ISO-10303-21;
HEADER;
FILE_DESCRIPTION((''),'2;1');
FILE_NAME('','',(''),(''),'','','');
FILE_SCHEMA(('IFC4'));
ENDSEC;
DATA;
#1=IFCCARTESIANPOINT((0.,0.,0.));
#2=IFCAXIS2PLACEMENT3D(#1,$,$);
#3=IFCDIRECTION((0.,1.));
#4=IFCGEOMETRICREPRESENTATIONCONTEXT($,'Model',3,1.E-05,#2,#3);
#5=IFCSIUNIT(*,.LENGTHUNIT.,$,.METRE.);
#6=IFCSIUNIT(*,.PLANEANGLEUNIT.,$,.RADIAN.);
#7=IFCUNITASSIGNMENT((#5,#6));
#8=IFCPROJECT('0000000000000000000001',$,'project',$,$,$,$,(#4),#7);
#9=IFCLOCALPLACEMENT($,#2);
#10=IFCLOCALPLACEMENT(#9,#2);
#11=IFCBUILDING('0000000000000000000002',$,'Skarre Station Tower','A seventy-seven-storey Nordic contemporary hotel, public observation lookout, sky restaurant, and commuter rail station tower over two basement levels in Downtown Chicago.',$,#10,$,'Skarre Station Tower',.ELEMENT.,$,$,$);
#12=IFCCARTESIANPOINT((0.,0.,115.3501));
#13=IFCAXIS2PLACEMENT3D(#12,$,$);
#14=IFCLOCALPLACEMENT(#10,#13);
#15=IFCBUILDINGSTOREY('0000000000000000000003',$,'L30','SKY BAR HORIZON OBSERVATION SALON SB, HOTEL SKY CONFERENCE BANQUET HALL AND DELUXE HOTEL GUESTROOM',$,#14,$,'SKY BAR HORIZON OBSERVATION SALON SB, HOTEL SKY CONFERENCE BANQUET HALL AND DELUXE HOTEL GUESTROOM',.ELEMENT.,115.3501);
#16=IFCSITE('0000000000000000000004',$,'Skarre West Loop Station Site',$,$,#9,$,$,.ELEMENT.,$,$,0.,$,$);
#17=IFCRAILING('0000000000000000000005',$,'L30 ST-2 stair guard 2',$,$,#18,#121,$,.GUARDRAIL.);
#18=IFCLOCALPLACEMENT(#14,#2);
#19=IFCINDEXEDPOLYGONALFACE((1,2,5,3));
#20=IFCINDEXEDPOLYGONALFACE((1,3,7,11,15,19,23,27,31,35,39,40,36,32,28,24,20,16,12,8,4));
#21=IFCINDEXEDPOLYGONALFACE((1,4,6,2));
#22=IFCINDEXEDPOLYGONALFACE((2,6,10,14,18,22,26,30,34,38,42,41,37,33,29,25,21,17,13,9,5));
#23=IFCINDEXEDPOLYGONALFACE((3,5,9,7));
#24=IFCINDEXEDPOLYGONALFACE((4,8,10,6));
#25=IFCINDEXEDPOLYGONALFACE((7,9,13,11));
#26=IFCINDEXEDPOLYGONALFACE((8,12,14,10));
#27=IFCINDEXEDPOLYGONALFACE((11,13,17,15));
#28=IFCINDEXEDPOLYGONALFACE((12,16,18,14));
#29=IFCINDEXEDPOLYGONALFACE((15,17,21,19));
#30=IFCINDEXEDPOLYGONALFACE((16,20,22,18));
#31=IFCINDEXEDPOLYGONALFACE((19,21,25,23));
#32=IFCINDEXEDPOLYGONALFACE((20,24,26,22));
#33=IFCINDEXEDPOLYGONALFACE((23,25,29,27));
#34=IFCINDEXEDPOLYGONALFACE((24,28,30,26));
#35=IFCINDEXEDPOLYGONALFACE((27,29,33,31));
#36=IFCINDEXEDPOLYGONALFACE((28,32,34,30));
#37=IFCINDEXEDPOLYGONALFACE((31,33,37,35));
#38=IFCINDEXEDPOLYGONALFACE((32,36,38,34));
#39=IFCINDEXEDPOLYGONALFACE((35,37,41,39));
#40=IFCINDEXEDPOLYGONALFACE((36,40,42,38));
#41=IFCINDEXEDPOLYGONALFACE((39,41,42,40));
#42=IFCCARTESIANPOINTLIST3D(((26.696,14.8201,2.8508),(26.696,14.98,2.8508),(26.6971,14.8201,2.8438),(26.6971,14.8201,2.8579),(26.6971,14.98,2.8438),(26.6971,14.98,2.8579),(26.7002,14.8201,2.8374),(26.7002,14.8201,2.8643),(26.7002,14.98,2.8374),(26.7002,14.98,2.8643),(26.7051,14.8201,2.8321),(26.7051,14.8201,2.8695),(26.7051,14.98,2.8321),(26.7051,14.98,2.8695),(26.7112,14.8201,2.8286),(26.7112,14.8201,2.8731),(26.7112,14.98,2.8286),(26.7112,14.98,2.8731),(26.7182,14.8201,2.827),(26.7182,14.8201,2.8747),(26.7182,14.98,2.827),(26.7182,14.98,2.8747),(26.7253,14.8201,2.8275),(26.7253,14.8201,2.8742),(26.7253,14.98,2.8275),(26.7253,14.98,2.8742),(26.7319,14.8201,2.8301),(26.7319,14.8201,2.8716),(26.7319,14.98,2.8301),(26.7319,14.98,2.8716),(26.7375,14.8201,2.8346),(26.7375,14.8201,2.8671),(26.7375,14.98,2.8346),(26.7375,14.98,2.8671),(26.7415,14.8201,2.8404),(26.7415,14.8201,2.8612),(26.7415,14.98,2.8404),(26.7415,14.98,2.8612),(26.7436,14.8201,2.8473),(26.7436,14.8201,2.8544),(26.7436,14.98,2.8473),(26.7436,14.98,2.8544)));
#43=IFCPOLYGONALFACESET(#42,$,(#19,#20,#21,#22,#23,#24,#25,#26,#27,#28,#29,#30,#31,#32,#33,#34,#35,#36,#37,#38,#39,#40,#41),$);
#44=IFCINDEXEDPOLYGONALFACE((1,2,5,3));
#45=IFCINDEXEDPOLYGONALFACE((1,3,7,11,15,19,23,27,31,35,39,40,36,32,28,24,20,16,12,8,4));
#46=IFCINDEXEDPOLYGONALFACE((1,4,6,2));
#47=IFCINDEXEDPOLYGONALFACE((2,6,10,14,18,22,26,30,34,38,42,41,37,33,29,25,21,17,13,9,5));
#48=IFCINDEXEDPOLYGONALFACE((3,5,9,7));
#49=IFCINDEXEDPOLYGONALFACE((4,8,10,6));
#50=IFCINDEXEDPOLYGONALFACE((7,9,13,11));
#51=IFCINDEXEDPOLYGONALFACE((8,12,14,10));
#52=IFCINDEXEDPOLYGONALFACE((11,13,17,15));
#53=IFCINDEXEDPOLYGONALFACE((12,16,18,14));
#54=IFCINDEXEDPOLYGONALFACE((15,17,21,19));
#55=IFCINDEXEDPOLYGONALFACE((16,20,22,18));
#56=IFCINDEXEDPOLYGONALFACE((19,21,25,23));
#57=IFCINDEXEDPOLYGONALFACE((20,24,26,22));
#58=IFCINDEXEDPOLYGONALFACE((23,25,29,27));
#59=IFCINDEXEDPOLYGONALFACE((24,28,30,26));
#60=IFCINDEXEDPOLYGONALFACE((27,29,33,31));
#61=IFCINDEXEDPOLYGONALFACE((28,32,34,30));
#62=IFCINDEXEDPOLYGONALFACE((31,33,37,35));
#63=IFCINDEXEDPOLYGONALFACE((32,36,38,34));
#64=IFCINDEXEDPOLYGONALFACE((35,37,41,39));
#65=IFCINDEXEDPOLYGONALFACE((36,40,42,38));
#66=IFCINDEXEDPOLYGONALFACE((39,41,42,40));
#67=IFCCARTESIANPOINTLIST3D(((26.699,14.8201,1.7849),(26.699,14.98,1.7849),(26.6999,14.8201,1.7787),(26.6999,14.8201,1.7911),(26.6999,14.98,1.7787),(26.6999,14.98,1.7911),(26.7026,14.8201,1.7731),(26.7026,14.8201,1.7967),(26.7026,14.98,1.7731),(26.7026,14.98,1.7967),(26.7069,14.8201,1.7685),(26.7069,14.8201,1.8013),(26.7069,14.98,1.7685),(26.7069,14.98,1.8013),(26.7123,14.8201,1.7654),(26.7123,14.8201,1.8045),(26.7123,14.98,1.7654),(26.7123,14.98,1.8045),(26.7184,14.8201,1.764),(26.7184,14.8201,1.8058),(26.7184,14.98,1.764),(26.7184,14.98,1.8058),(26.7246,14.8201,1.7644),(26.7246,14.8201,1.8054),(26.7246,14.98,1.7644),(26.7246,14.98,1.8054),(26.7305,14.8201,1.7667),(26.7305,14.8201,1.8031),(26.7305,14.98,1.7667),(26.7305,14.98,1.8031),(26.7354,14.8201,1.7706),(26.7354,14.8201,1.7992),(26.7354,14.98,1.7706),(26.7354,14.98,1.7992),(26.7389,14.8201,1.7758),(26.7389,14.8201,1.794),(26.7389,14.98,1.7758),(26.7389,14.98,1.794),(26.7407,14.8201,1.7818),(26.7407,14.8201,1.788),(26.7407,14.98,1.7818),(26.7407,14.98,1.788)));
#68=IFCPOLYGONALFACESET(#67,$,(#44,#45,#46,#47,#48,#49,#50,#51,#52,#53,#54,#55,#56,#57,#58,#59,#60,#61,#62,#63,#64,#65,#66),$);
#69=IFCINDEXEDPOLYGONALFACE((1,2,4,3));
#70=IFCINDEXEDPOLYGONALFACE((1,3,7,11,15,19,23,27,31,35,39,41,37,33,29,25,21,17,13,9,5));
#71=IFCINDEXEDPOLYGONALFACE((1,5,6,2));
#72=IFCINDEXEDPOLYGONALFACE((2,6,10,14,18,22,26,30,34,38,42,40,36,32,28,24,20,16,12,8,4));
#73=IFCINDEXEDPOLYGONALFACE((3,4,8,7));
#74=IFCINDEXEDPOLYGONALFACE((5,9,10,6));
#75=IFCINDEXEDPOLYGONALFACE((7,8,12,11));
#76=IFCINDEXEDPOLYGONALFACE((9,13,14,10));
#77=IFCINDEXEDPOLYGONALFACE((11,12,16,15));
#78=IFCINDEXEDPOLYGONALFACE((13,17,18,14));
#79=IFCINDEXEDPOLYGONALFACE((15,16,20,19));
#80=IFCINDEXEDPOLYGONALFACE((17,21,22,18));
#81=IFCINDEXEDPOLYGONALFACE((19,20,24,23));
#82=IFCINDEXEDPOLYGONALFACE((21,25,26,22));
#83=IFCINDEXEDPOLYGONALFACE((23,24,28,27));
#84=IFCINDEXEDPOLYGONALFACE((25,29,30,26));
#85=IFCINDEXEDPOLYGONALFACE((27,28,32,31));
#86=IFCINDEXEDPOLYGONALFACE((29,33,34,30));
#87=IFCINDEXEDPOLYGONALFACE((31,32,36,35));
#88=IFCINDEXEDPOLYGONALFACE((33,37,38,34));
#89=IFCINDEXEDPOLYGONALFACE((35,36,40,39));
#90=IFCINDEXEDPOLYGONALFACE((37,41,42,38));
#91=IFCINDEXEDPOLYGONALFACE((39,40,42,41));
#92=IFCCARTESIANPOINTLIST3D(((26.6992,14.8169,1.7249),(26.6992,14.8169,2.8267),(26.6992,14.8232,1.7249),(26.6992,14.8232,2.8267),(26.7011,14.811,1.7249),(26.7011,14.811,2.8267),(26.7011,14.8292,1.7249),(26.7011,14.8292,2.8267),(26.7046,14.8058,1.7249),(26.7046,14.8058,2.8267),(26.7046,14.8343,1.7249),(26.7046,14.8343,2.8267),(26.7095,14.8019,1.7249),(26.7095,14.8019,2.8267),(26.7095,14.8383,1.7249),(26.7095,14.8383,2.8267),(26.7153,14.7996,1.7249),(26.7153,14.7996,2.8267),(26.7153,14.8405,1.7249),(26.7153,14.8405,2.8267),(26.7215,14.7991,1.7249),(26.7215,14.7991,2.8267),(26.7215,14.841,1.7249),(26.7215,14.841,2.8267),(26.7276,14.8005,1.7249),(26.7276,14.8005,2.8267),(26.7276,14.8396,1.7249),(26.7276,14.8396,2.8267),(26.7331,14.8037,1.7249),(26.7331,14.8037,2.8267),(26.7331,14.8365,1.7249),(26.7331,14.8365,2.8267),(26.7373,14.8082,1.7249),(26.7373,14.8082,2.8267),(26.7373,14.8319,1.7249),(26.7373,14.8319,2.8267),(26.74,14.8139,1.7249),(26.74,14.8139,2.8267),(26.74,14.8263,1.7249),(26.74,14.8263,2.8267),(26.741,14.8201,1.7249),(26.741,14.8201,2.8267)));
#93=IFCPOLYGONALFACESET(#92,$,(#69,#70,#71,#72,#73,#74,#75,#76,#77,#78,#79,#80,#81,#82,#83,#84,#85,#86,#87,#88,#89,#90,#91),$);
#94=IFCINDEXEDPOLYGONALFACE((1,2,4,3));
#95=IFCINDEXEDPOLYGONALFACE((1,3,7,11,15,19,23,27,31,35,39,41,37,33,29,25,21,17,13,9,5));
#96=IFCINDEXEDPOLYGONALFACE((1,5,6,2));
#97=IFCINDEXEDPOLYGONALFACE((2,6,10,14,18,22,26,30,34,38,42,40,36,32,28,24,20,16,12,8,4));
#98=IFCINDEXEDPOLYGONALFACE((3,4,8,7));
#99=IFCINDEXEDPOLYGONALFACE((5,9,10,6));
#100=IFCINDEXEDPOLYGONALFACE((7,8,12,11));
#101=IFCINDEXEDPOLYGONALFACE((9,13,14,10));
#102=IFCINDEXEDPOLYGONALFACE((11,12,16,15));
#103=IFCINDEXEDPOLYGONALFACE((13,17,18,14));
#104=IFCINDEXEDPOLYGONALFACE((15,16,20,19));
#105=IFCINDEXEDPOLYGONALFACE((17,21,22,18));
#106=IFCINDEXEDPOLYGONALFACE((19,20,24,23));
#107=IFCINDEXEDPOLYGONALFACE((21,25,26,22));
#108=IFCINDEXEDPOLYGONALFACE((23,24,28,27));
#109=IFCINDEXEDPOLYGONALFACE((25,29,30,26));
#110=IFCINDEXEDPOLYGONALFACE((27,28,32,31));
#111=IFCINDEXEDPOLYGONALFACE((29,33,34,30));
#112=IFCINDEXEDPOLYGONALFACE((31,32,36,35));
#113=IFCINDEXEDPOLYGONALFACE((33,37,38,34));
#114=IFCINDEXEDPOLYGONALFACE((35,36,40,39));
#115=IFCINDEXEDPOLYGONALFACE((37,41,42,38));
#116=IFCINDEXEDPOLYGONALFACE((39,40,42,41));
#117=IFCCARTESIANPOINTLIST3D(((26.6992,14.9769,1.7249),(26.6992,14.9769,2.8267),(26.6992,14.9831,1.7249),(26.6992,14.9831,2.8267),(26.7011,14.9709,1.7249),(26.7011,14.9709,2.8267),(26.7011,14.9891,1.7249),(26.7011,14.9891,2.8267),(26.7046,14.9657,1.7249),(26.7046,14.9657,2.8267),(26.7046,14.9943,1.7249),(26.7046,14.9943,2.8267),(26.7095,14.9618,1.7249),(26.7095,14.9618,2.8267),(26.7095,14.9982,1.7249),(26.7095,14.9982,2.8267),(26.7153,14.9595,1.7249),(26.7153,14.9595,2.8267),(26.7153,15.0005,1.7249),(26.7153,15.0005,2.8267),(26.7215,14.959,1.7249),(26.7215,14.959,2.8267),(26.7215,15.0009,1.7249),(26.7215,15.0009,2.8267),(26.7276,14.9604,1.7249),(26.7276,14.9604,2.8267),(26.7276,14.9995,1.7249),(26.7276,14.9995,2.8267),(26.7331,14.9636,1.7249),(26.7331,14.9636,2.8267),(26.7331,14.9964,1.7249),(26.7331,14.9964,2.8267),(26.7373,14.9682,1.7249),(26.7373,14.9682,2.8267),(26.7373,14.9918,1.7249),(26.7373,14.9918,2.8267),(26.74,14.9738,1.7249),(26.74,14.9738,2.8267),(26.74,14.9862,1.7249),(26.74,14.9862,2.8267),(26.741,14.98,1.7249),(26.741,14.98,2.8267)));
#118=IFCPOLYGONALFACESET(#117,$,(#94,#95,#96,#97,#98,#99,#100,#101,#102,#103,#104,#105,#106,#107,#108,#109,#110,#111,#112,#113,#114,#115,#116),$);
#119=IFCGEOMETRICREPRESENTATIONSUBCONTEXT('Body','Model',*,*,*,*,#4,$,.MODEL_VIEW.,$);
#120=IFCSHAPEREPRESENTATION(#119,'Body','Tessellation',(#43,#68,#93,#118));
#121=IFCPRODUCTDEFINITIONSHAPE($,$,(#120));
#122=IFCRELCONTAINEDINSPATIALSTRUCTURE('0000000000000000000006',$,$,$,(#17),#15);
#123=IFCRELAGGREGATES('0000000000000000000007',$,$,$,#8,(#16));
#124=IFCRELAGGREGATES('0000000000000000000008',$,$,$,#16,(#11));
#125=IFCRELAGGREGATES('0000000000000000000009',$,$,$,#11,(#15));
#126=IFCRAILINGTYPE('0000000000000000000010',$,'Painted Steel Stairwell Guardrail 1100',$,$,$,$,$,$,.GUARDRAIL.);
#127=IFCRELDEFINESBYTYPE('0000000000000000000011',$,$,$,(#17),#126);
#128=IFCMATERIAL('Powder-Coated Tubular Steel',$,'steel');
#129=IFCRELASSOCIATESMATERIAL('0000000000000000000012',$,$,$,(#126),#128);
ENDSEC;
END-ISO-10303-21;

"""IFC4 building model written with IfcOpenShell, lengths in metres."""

from ifc_helpers import new_model, si_unit, direction, frame, origin, origin_2d, place, context, subcontext, project, spatial, circle, extrude, material, type_object, element, save


model = new_model("IFC4")

# Units and contexts
model_context = context("Model", 3, precision=1e-05, world=origin(), true_north=direction((0.0, 1.0)))
body_context = subcontext(model_context, "Body", "Model", "MODEL_VIEW")
ifc_project = project(units=[si_unit("LENGTHUNIT", "METRE"), si_unit("PLANEANGLEUNIT", "RADIAN")], contexts=[model_context])

# Site, building, storey
site_placement = place(None, origin())
site = spatial("IfcSite", under=ifc_project, at=site_placement, Name="Skarre West Loop Station Site", CompositionType="ELEMENT", RefElevation=0.0)
building_placement = place(site_placement, origin())
building = spatial("IfcBuilding", under=site, at=building_placement, Name="Skarre Station Tower", Description="A seventy-seven-storey Nordic contemporary hotel, public observation lookout, sky restaurant, and commuter rail station tower over two basement levels in Downtown Chicago.", LongName="Skarre Station Tower", CompositionType="ELEMENT")
storey_placement = place(building_placement, frame((0.0, 0.0, 115.3501)))
storey = spatial("IfcBuildingStorey", under=building, at=storey_placement, Name="L30", Description="SKY BAR HORIZON OBSERVATION SALON SB, HOTEL SKY CONFERENCE BANQUET HALL AND DELUXE HOTEL GUESTROOM", LongName="SKY BAR HORIZON OBSERVATION SALON SB, HOTEL SKY CONFERENCE BANQUET HALL AND DELUXE HOTEL GUESTROOM", CompositionType="ELEMENT", Elevation=115.3501)

# Railing
ifc_material_1 = material(Name="Powder-Coated Tubular Steel", Category="steel")
railing_type_1 = type_object("IfcRailingType", Name="Painted Steel Stairwell Guardrail 1100", PredefinedType="GUARDRAIL", material=ifc_material_1)
railing_1_placement = place(storey_placement, frame((26.72, 14.8201, 1.7249)))
element("IfcRailing", 1, at=railing_1_placement, inside=storey, type_object=railing_type_1, Name="L30 ST-2 stair guard 2", PredefinedType="GUARDRAIL", context=body_context, shape_type="SweptSolid", body=[
    extrude(circle(Radius=0.0239, at=origin_2d()), frame((0.0, 0.0, 1.126), z_axis=(0.0, 1.0, 0.0), x_axis=(-1.0, 0.0, 0.0)), (0.0, 0.0, 1.0), 0.1599),
    extrude(circle(Radius=0.021, at=origin_2d()), frame((0.0, 0.0, 0.0601), z_axis=(0.0, 1.0, 0.0), x_axis=(-1.0, 0.0, 0.0)), (0.0, 0.0, 1.0), 0.1599),
    extrude(circle(Radius=0.021, at=origin_2d()), origin(), (0.0, 0.0, 1.0), 1.1018),
    extrude(circle(Radius=0.021, at=origin_2d()), frame((0.0, 0.1599, 0.0)), (0.0, 0.0, 1.0), 1.1018),
])

save(model, "model.ifc")
